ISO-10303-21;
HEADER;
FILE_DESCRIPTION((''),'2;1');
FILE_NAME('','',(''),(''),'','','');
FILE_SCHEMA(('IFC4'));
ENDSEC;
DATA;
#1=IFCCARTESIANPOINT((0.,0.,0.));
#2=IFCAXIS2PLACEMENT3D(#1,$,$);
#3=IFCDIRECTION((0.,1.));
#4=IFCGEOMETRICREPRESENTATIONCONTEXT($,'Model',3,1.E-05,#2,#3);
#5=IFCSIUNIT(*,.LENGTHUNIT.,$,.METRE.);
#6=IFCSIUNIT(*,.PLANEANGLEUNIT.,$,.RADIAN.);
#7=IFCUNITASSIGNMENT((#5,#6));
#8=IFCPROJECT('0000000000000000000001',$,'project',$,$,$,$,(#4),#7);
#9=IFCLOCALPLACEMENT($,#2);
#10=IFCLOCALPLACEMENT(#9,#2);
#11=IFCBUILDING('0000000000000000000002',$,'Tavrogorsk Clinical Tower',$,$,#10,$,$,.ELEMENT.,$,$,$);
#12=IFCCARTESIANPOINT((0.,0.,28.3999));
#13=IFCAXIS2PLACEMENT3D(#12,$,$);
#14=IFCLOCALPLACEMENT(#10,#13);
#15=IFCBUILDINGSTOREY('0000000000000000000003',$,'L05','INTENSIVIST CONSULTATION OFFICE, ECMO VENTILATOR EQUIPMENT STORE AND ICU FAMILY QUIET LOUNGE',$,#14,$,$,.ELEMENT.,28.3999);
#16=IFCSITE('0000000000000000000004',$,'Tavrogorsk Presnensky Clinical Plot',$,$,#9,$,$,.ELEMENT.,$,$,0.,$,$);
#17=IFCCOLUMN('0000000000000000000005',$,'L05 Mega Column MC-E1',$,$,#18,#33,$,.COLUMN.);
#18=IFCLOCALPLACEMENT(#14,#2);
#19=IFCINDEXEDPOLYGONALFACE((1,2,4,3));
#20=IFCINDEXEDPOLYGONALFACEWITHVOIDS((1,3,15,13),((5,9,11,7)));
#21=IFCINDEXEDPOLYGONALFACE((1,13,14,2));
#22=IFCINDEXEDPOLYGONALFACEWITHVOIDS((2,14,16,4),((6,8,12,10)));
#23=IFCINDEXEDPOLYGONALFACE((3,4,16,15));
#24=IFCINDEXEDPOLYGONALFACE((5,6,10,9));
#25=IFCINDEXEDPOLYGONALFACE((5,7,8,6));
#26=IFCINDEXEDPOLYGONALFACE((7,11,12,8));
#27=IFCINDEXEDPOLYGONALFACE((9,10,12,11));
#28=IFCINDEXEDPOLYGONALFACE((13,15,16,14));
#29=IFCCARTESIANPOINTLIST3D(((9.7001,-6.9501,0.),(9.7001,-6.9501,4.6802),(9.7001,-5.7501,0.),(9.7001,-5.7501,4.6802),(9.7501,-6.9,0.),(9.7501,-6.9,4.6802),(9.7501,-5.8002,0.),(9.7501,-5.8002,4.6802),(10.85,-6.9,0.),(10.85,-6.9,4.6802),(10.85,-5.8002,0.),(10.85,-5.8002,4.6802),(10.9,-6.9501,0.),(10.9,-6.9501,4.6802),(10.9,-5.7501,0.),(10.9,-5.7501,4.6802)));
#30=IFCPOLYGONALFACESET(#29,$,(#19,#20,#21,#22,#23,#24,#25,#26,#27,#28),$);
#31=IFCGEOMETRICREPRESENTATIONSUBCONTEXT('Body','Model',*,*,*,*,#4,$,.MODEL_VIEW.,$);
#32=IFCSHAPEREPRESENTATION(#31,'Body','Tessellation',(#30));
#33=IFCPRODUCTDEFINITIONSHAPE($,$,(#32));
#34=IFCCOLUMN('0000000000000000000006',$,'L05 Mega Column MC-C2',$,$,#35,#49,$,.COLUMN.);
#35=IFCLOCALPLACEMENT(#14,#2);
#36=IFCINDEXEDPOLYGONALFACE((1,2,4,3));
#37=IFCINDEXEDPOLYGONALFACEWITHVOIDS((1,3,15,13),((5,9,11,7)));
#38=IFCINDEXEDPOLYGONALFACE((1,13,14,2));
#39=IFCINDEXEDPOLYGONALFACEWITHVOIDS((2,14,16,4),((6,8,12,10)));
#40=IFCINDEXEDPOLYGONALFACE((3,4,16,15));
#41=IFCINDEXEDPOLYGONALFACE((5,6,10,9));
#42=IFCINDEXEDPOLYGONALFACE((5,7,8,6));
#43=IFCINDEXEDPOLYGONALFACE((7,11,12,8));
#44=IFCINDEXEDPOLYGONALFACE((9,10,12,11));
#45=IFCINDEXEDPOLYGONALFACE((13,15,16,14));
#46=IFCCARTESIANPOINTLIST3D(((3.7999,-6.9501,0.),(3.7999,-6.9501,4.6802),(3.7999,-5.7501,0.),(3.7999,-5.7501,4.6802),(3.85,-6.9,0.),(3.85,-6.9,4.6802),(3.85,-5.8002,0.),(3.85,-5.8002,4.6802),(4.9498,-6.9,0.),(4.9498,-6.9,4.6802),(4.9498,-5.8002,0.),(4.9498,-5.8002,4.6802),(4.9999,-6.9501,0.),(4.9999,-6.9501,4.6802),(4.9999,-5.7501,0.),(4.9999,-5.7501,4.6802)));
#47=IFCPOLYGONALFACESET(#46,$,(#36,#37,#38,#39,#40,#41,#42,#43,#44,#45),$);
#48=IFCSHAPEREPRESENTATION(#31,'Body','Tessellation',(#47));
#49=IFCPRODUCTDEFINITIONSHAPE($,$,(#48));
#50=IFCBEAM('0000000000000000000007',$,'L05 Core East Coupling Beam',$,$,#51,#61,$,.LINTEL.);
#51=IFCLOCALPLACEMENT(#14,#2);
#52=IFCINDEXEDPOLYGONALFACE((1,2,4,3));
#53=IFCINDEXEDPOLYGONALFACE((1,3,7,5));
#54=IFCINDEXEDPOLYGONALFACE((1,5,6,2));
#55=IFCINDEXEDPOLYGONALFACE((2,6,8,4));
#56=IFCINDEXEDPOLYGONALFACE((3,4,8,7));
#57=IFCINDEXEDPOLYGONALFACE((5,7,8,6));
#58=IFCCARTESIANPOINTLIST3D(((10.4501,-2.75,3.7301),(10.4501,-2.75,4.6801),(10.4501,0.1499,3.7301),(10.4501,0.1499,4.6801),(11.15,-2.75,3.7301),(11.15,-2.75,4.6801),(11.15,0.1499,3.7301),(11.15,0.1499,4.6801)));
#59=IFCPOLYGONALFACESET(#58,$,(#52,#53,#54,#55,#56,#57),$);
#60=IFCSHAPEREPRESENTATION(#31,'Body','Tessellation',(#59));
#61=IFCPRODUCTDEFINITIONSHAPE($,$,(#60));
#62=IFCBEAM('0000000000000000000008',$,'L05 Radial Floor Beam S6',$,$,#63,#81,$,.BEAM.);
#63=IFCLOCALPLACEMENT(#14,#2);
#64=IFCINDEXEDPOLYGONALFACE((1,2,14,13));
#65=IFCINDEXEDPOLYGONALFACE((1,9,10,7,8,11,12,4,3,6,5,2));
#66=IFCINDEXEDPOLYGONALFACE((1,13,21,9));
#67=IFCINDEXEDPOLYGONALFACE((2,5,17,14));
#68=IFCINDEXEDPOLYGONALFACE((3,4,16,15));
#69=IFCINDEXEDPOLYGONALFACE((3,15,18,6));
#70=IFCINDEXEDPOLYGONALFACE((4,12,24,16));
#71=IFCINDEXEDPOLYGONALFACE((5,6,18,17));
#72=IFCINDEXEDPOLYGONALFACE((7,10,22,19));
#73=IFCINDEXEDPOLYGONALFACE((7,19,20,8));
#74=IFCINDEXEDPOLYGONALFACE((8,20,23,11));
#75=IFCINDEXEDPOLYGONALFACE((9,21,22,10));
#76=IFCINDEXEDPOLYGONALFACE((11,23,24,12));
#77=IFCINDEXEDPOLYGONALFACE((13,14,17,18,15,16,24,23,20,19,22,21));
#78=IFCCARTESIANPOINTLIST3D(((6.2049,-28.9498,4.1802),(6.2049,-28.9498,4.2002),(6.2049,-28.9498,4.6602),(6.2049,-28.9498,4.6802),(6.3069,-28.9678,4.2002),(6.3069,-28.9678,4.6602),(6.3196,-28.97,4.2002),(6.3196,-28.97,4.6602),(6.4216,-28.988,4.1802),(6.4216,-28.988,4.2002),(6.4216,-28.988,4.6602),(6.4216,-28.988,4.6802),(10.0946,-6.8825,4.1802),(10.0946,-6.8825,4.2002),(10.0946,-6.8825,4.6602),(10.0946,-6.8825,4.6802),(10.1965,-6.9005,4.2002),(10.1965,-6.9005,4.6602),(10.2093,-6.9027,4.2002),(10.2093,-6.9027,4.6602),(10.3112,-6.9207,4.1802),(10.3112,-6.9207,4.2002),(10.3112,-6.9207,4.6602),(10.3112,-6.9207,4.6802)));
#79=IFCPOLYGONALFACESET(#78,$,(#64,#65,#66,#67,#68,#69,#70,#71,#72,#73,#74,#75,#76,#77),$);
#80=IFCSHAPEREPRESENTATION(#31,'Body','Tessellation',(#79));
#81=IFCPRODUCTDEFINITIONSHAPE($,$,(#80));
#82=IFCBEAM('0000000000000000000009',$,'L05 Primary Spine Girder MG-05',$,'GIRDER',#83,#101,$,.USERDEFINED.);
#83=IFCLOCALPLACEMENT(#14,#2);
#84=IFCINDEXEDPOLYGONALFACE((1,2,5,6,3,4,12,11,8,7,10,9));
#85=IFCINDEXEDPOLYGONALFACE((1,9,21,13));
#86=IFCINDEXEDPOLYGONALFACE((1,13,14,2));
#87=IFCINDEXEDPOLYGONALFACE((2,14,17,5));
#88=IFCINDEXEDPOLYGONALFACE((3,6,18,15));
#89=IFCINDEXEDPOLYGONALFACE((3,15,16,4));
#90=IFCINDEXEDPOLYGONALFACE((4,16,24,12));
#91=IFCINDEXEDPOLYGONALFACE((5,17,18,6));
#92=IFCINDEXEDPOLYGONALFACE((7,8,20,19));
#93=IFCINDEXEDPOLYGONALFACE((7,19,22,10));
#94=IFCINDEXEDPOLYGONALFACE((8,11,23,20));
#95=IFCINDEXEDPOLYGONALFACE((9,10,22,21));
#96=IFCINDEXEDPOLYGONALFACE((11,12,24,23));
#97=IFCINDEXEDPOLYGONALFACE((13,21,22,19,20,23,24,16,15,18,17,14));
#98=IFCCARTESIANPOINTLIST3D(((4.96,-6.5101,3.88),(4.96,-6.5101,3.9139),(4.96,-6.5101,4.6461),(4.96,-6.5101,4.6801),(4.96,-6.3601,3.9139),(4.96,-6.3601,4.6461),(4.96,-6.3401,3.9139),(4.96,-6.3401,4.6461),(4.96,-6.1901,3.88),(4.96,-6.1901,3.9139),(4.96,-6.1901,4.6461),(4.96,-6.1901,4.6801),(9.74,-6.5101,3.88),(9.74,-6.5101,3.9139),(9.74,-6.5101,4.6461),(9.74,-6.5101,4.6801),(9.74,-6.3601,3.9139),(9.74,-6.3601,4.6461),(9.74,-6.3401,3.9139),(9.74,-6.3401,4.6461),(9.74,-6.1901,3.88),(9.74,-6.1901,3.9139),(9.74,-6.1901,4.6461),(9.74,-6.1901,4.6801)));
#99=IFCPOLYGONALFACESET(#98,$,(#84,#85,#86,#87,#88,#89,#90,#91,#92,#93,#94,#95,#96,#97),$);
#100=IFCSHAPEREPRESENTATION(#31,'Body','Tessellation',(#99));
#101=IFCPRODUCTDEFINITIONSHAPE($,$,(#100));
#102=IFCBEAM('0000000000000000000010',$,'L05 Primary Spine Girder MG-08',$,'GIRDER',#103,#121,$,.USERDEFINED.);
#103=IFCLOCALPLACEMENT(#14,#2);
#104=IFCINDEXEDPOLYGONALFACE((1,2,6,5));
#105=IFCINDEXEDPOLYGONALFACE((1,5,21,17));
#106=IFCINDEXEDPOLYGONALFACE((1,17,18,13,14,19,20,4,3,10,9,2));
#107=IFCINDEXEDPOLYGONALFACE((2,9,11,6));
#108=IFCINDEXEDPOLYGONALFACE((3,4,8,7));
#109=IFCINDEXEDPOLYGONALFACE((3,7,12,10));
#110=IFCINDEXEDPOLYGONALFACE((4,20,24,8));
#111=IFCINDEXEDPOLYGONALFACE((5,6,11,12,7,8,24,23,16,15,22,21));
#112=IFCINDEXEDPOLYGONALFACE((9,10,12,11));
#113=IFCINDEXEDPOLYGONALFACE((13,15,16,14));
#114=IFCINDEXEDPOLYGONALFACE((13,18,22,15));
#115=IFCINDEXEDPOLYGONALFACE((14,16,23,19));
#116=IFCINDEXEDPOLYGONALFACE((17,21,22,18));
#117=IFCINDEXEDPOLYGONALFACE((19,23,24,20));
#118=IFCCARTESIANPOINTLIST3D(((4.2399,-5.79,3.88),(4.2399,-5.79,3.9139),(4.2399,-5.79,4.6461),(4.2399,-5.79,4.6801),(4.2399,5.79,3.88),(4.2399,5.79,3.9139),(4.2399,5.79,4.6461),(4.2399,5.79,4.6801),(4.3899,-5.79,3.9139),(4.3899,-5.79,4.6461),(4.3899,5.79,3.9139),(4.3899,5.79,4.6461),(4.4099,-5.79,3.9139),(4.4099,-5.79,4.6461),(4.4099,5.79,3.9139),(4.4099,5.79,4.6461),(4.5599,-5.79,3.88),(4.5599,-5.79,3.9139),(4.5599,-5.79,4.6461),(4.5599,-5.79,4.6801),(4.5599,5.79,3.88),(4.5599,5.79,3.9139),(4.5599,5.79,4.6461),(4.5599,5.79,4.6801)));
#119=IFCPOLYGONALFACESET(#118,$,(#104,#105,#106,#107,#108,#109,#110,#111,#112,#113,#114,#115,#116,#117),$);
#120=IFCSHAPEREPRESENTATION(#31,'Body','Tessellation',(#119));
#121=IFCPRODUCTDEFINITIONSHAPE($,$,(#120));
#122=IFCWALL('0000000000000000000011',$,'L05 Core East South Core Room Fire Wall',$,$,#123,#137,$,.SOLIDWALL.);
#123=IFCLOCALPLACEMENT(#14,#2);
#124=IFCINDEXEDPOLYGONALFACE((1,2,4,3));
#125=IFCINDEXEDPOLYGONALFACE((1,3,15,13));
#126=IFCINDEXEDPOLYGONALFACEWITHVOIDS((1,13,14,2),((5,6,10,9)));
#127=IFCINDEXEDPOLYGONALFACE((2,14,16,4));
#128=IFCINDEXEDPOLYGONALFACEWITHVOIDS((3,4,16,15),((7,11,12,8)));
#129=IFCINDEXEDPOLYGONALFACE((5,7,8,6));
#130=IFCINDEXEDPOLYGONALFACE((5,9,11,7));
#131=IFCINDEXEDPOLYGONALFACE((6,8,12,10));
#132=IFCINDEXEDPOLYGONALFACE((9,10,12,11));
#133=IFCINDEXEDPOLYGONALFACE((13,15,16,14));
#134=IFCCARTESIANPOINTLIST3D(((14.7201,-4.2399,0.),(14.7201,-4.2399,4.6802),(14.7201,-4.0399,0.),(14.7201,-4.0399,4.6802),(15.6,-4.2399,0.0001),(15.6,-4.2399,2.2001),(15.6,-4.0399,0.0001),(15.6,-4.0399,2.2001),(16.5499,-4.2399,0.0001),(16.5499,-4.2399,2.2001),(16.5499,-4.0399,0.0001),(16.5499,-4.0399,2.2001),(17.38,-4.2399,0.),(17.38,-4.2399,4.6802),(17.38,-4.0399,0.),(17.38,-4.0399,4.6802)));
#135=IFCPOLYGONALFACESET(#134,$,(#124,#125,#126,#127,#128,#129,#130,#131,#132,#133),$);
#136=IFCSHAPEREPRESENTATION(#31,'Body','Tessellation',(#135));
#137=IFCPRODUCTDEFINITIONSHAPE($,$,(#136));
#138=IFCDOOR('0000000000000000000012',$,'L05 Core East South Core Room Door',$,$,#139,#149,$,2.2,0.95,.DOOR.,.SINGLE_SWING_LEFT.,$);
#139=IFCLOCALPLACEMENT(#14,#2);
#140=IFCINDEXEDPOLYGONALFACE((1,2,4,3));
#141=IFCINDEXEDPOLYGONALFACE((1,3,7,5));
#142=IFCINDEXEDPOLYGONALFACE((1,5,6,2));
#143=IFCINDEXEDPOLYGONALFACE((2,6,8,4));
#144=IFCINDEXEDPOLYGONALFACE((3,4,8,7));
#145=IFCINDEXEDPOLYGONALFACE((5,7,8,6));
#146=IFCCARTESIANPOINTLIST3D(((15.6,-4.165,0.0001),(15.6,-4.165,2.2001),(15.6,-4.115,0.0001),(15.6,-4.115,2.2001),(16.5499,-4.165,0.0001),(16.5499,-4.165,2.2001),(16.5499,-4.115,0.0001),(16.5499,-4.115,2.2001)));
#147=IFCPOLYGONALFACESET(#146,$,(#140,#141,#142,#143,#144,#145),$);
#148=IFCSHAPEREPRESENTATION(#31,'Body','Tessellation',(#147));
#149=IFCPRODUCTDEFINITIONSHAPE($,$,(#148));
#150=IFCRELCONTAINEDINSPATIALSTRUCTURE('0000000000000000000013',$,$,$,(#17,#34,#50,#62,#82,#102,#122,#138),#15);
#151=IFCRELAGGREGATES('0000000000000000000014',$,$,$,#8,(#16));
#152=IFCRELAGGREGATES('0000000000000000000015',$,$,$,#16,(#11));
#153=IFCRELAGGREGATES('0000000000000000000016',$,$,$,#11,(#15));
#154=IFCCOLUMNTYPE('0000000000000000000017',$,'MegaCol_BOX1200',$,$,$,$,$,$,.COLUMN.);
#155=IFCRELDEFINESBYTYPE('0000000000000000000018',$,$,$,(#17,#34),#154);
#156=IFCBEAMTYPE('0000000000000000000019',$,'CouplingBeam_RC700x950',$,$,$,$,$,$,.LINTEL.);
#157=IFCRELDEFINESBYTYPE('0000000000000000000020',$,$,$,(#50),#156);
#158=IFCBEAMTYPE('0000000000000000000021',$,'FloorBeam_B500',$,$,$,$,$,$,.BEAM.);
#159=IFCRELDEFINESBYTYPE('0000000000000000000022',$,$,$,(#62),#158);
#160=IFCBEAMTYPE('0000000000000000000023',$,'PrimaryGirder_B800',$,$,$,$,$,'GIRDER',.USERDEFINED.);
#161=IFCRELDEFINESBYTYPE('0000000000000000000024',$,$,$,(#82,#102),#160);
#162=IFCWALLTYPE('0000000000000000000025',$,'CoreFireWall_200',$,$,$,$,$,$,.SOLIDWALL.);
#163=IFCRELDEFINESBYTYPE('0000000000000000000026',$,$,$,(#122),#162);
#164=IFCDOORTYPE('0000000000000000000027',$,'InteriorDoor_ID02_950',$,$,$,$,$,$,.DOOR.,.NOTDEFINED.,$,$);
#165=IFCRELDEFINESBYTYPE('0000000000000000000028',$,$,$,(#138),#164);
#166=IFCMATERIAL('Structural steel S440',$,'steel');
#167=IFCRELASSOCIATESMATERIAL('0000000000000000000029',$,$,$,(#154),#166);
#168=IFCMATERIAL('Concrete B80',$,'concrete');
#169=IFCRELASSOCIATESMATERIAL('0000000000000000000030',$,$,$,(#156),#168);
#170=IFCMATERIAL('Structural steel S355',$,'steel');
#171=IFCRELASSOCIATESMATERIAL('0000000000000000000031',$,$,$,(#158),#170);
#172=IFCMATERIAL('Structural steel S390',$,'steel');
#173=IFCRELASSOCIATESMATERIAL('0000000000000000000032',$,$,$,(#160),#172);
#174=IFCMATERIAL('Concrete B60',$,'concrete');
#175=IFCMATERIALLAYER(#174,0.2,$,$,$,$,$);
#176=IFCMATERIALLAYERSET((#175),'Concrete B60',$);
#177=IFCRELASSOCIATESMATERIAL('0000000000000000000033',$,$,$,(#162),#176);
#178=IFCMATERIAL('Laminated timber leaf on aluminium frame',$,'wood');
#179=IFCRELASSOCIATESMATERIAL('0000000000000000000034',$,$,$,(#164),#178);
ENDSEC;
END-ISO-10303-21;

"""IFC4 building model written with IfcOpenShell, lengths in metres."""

from ifc_helpers import new_model, si_unit, direction, frame, frame_2d, origin, origin_2d, place, context, subcontext, project, spatial, rectangle, hollow_rectangle, i_section, extrude, material, layer, layer_set, material_profile, profile_set, type_object, element, fill, save


model = new_model("IFC4")

# Units and contexts
model_context = context("Model", 3, precision=1e-05, world=origin(), true_north=direction((0.0, 1.0)))
body_context = subcontext(model_context, "Body", "Model", "MODEL_VIEW")
ifc_project = project(units=[si_unit("LENGTHUNIT", "METRE"), si_unit("PLANEANGLEUNIT", "RADIAN")], contexts=[model_context])

# Site, building, storey
site_placement = place(None, origin())
site = spatial("IfcSite", under=ifc_project, at=site_placement, Name="Tavrogorsk Presnensky Clinical Plot", CompositionType="ELEMENT", RefElevation=0.0)
building_placement = place(site_placement, origin())
building = spatial("IfcBuilding", under=site, at=building_placement, Name="Tavrogorsk Clinical Tower", CompositionType="ELEMENT")
storey_placement = place(building_placement, frame((0.0, 0.0, 28.3999)))
storey = spatial("IfcBuildingStorey", under=building, at=storey_placement, Name="L05", Description="INTENSIVIST CONSULTATION OFFICE, ECMO VENTILATOR EQUIPMENT STORE AND ICU FAMILY QUIET LOUNGE", CompositionType="ELEMENT", Elevation=28.3999)

# Columns
ifc_material_1 = material(Name="Structural steel S440", Category="steel")
ifc_material_profile_1 = material_profile(ifc_material_1, hollow_rectangle(XDim=1.2, YDim=1.2, WallThickness=0.05, at=origin_2d()), Name="BOX-1200x1200x50")
ifc_profile_set_1 = profile_set([ifc_material_profile_1], Name="Structural steel S440")
column_type = type_object("IfcColumnType", Name="MegaCol_BOX1200", PredefinedType="COLUMN", material=ifc_profile_set_1)
for number, where, z_axis, x_axis, name in (
    (1, (10.3, -6.3501, 0.0), (0.0, 0.0, 1.0), (1.0, 0.0, 0.0), "L05 Mega Column MC-E1"),
    (2, (4.3999, -6.3501, 0.0), (0.0, 0.0, 1.0), (1.0, 0.0, 0.0), "L05 Mega Column MC-C2"),
):
    element("IfcColumn", number, at=place(storey_placement, frame(where, z_axis=z_axis, x_axis=x_axis)), inside=storey, type_object=column_type, Name=name, PredefinedType="COLUMN", context=body_context, shape_type="SweptSolid", body=[
        extrude(hollow_rectangle(XDim=1.2, YDim=1.2, WallThickness=0.05, at=origin_2d()), origin(), (0.0, 0.0, 1.0), 4.6802),
    ])

# Beams
ifc_material_2 = material(Name="Concrete B80", Category="concrete")
ifc_material_profile_2 = material_profile(ifc_material_2, rectangle(XDim=0.7, YDim=0.95, at=origin_2d()), Name="RC-CB-700x950")
ifc_profile_set_2 = profile_set([ifc_material_profile_2], Name="Concrete B80")
beam_type_1 = type_object("IfcBeamType", Name="CouplingBeam_RC700x950", PredefinedType="LINTEL", material=ifc_profile_set_2)
beam_1_placement = place(storey_placement, frame((10.8, -2.75, 4.2051), z_axis=(0.0, 1.0, 0.0), x_axis=(-1.0, 0.0, 0.0)))
element("IfcBeam", 3, at=beam_1_placement, inside=storey, type_object=beam_type_1, Name="L05 Core East Coupling Beam", PredefinedType="LINTEL", context=body_context, shape_type="SweptSolid", body=[
    extrude(rectangle(XDim=0.7, YDim=0.95, at=origin_2d()), origin(), (0.0, 0.0, 1.0), 2.8999),
])
ifc_material_3 = material(Name="Structural steel S355", Category="steel")
ifc_material_profile_3 = material_profile(ifc_material_3, i_section(OverallWidth=0.22, OverallDepth=0.5, WebThickness=0.0129, FlangeThickness=0.02, at=origin_2d()), Name="B-500x220x13x20")
ifc_profile_set_3 = profile_set([ifc_material_profile_3], Name="Structural steel S355")
beam_type_2 = type_object("IfcBeamType", Name="FloorBeam_B500", PredefinedType="BEAM", material=ifc_profile_set_3)
beam_2_placement = place(storey_placement, frame((10.2029, -6.9016, 4.4302), z_axis=(-0.173586, -0.984819, 0.0), x_axis=(0.984819, -0.173586, 0.0)))
element("IfcBeam", 4, at=beam_2_placement, inside=storey, type_object=beam_type_2, Name="L05 Radial Floor Beam S6", PredefinedType="BEAM", context=body_context, shape_type="SweptSolid", body=[
    extrude(i_section(OverallWidth=0.22, OverallDepth=0.5, WebThickness=0.0129, FlangeThickness=0.02, at=origin_2d()), origin(), (0.0, 0.0, 1.0), 22.4075),
])
ifc_material_4 = material(Name="Structural steel S390", Category="steel")
ifc_material_profile_4 = material_profile(ifc_material_4, i_section(OverallWidth=0.3201, OverallDepth=0.8, WebThickness=0.02, FlangeThickness=0.0339, at=origin_2d()), Name="B-800x320x20x34")
ifc_profile_set_4 = profile_set([ifc_material_profile_4], Name="Structural steel S390")
beam_type_3 = type_object("IfcBeamType", Name="PrimaryGirder_B800", ElementType="GIRDER", PredefinedType="USERDEFINED", material=ifc_profile_set_4)
beam_3_placement = place(storey_placement, frame((4.96, -6.3501, 4.28), z_axis=(1.0, 0.0, 0.0), x_axis=(0.0, 1.0, 0.0)))
element("IfcBeam", 5, at=beam_3_placement, inside=storey, type_object=beam_type_3, Name="L05 Primary Spine Girder MG-05", ObjectType="GIRDER", PredefinedType="USERDEFINED", context=body_context, shape_type="SweptSolid", body=[
    extrude(i_section(OverallWidth=0.3201, OverallDepth=0.8, WebThickness=0.02, FlangeThickness=0.0339, at=origin_2d()), origin(), (0.0, 0.0, 1.0), 4.78),
])
beam_4_placement = place(storey_placement, frame((4.3999, -5.79, 4.28), z_axis=(0.0, 1.0, 0.0), x_axis=(-1.0, 0.0, 0.0)))
element("IfcBeam", 6, at=beam_4_placement, inside=storey, type_object=beam_type_3, Name="L05 Primary Spine Girder MG-08", ObjectType="GIRDER", PredefinedType="USERDEFINED", context=body_context, shape_type="SweptSolid", body=[
    extrude(i_section(OverallWidth=0.3201, OverallDepth=0.8, WebThickness=0.02, FlangeThickness=0.0339, at=origin_2d()), origin(), (0.0, 0.0, 1.0), 11.5801),
])

# Wall, opening, door
ifc_material_5 = material(Name="Concrete B60", Category="concrete")
ifc_layer_1 = layer(ifc_material_5, 0.2)
ifc_layer_set_1 = layer_set([ifc_layer_1], Name="Concrete B60")
wall_type_1 = type_object("IfcWallType", Name="CoreFireWall_200", PredefinedType="SOLIDWALL", material=ifc_layer_set_1)
wall_1_placement = place(storey_placement, frame((14.72, -4.1399, 0.0), z_axis=(0.0, 0.0, 1.0), x_axis=(1.0, 0.0, 0.0)))
wall_1 = element("IfcWall", 7, at=wall_1_placement, inside=storey, type_object=wall_type_1, Name="L05 Core East South Core Room Fire Wall", PredefinedType="SOLIDWALL", context=body_context, shape_type="SweptSolid", body=[
    extrude(rectangle(XDim=2.6599, YDim=0.2, at=frame_2d((1.3301, 0.0))), origin(), (0.0, 0.0, 1.0), 4.6802),
])
opening_1_placement = place(wall_1_placement, frame((0.8799, 0.0, 0.0)))
opening_1 = element("IfcOpeningElement", 8, at=opening_1_placement, cuts=wall_1, PredefinedType="OPENING", context=body_context, shape_type="SweptSolid", body=[
    extrude(rectangle(XDim=0.95, YDim=2.2, at=frame_2d((0.4751, 1.1001))), frame((0.0, 0.1099, 0.0), z_axis=(0.0, -1.0, 0.0), x_axis=(1.0, 0.0, 0.0)), (0.0, 0.0, 1.0), 0.22),
])
ifc_material_6 = material(Name="Laminated timber leaf on aluminium frame", Category="wood")
door_type_1 = type_object("IfcDoorType", Name="InteriorDoor_ID02_950", OperationType="NOTDEFINED", PredefinedType="DOOR", material=ifc_material_6)
door_1_placement = place(opening_1_placement, origin())
door_1 = element("IfcDoor", 9, at=door_1_placement, inside=storey, type_object=door_type_1, Name="L05 Core East South Core Room Door", OperationType="SINGLE_SWING_LEFT", OverallHeight=2.2, OverallWidth=0.95, PredefinedType="DOOR", context=body_context, shape_type="SweptSolid", body=[
    extrude(rectangle(XDim=0.95, YDim=2.2, at=frame_2d((0.4751, 1.1001))), frame((0.0, 0.0249, 0.0), z_axis=(0.0, -1.0, 0.0), x_axis=(1.0, 0.0, 0.0)), (0.0, 0.0, 1.0), 0.05),
])
fill(opening_1, door_1)

save(model, "model.ifc")
